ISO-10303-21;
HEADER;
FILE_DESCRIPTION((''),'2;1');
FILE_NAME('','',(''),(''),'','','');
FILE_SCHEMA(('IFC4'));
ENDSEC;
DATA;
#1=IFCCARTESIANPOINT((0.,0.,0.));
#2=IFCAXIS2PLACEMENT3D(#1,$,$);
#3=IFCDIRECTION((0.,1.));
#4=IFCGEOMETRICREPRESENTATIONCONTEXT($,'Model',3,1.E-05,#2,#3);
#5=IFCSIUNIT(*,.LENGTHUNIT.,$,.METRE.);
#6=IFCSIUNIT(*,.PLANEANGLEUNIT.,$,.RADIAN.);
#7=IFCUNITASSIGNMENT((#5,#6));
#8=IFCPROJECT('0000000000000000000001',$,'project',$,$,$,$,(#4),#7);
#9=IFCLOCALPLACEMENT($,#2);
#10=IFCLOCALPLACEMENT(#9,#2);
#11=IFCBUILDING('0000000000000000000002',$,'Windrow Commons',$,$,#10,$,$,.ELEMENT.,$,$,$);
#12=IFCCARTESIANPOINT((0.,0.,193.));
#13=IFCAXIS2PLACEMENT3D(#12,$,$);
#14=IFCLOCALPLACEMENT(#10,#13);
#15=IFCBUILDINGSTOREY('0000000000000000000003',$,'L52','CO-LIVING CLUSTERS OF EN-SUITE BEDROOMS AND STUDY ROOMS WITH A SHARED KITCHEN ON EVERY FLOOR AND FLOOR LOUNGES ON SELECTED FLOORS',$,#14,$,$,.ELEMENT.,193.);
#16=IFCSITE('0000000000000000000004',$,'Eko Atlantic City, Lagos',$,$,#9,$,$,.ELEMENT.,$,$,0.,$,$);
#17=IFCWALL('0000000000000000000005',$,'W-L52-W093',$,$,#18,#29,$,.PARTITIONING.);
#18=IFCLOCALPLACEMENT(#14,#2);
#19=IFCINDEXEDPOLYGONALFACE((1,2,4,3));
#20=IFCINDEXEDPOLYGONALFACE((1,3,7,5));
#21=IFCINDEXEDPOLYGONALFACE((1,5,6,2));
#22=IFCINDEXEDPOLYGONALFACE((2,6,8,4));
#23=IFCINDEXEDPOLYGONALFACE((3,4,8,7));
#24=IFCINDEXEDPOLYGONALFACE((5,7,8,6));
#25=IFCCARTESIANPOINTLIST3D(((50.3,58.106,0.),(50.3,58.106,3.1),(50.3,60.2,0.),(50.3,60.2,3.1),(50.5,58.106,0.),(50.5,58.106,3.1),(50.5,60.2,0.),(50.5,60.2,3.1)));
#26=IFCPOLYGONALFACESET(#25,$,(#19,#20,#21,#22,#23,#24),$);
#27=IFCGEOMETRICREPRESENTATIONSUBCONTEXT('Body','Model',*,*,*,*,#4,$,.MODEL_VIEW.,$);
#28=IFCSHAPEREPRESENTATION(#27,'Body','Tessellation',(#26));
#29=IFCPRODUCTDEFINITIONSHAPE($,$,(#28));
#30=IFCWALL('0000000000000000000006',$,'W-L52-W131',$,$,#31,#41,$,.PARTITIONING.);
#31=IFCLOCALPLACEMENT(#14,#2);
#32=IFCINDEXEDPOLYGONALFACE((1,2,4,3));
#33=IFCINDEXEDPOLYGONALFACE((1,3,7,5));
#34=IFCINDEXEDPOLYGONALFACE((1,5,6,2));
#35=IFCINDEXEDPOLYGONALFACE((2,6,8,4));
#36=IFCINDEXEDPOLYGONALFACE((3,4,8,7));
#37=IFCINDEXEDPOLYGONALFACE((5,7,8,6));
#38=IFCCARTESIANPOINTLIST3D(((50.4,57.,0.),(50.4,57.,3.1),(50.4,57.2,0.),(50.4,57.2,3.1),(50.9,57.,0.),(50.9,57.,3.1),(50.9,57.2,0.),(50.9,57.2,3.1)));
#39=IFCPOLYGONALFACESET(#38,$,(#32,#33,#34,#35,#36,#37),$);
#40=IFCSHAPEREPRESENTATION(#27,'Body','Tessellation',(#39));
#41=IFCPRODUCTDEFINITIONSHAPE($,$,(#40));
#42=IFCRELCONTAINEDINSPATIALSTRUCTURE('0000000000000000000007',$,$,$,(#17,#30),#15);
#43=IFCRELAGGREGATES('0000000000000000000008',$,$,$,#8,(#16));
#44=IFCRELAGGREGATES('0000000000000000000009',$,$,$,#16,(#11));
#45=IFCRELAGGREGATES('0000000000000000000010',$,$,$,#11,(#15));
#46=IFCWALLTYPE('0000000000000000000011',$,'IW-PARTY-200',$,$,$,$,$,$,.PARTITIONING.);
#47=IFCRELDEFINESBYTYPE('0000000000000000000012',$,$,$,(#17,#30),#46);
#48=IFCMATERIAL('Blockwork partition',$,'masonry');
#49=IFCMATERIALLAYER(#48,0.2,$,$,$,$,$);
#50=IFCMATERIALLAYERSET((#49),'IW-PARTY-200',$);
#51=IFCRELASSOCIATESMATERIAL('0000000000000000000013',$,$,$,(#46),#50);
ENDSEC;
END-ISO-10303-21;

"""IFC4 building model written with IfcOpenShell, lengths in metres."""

from ifc_helpers import new_model, si_unit, direction, frame, frame_2d, origin, place, context, subcontext, project, spatial, rectangle, extrude, material, layer, layer_set, type_object, element, save


model = new_model("IFC4")

# Units and contexts
model_context = context("Model", 3, precision=1e-05, world=origin(), true_north=direction((0.0, 1.0)))
body_context = subcontext(model_context, "Body", "Model", "MODEL_VIEW")
ifc_project = project(units=[si_unit("LENGTHUNIT", "METRE"), si_unit("PLANEANGLEUNIT", "RADIAN")], contexts=[model_context])

# Site, building, storey
site_placement = place(None, origin())
site = spatial("IfcSite", under=ifc_project, at=site_placement, Name="Eko Atlantic City, Lagos", CompositionType="ELEMENT", RefElevation=0.0)
building_placement = place(site_placement, origin())
building = spatial("IfcBuilding", under=site, at=building_placement, Name="Windrow Commons", CompositionType="ELEMENT")
storey_placement = place(building_placement, frame((0.0, 0.0, 193.0)))
storey = spatial("IfcBuildingStorey", under=building, at=storey_placement, Name="L52", Description="CO-LIVING CLUSTERS OF EN-SUITE BEDROOMS AND STUDY ROOMS WITH A SHARED KITCHEN ON EVERY FLOOR AND FLOOR LOUNGES ON SELECTED FLOORS", CompositionType="ELEMENT", Elevation=193.0)

# Walls
ifc_material_1 = material(Name="Blockwork partition", Category="masonry")
ifc_layer_1 = layer(ifc_material_1, 0.2)
ifc_layer_set_1 = layer_set([ifc_layer_1], Name="IW-PARTY-200")
wall_type_1 = type_object("IfcWallType", Name="IW-PARTY-200", PredefinedType="PARTITIONING", material=ifc_layer_set_1)
wall_1_placement = place(storey_placement, frame((50.4, 58.106, 0.0), z_axis=(0.0, 0.0, 1.0), x_axis=(0.0, 1.0, 0.0)))
element("IfcWall", 1, at=wall_1_placement, inside=storey, type_object=wall_type_1, Name="W-L52-W093", PredefinedType="PARTITIONING", context=body_context, shape_type="SweptSolid", body=[
    extrude(rectangle(XDim=2.094, YDim=0.2, at=frame_2d((1.047, 0.0))), origin(), (0.0, 0.0, 1.0), 3.1),
])
wall_2_placement = place(storey_placement, frame((50.4, 57.1, 0.0), z_axis=(0.0, 0.0, 1.0), x_axis=(1.0, 0.0, 0.0)))
element("IfcWall", 2, at=wall_2_placement, inside=storey, type_object=wall_type_1, Name="W-L52-W131", PredefinedType="PARTITIONING", context=body_context, shape_type="SweptSolid", body=[
    extrude(rectangle(XDim=0.5, YDim=0.2, at=frame_2d((0.25, 0.0))), origin(), (0.0, 0.0, 1.0), 3.1),
])

save(model, "model.ifc")
